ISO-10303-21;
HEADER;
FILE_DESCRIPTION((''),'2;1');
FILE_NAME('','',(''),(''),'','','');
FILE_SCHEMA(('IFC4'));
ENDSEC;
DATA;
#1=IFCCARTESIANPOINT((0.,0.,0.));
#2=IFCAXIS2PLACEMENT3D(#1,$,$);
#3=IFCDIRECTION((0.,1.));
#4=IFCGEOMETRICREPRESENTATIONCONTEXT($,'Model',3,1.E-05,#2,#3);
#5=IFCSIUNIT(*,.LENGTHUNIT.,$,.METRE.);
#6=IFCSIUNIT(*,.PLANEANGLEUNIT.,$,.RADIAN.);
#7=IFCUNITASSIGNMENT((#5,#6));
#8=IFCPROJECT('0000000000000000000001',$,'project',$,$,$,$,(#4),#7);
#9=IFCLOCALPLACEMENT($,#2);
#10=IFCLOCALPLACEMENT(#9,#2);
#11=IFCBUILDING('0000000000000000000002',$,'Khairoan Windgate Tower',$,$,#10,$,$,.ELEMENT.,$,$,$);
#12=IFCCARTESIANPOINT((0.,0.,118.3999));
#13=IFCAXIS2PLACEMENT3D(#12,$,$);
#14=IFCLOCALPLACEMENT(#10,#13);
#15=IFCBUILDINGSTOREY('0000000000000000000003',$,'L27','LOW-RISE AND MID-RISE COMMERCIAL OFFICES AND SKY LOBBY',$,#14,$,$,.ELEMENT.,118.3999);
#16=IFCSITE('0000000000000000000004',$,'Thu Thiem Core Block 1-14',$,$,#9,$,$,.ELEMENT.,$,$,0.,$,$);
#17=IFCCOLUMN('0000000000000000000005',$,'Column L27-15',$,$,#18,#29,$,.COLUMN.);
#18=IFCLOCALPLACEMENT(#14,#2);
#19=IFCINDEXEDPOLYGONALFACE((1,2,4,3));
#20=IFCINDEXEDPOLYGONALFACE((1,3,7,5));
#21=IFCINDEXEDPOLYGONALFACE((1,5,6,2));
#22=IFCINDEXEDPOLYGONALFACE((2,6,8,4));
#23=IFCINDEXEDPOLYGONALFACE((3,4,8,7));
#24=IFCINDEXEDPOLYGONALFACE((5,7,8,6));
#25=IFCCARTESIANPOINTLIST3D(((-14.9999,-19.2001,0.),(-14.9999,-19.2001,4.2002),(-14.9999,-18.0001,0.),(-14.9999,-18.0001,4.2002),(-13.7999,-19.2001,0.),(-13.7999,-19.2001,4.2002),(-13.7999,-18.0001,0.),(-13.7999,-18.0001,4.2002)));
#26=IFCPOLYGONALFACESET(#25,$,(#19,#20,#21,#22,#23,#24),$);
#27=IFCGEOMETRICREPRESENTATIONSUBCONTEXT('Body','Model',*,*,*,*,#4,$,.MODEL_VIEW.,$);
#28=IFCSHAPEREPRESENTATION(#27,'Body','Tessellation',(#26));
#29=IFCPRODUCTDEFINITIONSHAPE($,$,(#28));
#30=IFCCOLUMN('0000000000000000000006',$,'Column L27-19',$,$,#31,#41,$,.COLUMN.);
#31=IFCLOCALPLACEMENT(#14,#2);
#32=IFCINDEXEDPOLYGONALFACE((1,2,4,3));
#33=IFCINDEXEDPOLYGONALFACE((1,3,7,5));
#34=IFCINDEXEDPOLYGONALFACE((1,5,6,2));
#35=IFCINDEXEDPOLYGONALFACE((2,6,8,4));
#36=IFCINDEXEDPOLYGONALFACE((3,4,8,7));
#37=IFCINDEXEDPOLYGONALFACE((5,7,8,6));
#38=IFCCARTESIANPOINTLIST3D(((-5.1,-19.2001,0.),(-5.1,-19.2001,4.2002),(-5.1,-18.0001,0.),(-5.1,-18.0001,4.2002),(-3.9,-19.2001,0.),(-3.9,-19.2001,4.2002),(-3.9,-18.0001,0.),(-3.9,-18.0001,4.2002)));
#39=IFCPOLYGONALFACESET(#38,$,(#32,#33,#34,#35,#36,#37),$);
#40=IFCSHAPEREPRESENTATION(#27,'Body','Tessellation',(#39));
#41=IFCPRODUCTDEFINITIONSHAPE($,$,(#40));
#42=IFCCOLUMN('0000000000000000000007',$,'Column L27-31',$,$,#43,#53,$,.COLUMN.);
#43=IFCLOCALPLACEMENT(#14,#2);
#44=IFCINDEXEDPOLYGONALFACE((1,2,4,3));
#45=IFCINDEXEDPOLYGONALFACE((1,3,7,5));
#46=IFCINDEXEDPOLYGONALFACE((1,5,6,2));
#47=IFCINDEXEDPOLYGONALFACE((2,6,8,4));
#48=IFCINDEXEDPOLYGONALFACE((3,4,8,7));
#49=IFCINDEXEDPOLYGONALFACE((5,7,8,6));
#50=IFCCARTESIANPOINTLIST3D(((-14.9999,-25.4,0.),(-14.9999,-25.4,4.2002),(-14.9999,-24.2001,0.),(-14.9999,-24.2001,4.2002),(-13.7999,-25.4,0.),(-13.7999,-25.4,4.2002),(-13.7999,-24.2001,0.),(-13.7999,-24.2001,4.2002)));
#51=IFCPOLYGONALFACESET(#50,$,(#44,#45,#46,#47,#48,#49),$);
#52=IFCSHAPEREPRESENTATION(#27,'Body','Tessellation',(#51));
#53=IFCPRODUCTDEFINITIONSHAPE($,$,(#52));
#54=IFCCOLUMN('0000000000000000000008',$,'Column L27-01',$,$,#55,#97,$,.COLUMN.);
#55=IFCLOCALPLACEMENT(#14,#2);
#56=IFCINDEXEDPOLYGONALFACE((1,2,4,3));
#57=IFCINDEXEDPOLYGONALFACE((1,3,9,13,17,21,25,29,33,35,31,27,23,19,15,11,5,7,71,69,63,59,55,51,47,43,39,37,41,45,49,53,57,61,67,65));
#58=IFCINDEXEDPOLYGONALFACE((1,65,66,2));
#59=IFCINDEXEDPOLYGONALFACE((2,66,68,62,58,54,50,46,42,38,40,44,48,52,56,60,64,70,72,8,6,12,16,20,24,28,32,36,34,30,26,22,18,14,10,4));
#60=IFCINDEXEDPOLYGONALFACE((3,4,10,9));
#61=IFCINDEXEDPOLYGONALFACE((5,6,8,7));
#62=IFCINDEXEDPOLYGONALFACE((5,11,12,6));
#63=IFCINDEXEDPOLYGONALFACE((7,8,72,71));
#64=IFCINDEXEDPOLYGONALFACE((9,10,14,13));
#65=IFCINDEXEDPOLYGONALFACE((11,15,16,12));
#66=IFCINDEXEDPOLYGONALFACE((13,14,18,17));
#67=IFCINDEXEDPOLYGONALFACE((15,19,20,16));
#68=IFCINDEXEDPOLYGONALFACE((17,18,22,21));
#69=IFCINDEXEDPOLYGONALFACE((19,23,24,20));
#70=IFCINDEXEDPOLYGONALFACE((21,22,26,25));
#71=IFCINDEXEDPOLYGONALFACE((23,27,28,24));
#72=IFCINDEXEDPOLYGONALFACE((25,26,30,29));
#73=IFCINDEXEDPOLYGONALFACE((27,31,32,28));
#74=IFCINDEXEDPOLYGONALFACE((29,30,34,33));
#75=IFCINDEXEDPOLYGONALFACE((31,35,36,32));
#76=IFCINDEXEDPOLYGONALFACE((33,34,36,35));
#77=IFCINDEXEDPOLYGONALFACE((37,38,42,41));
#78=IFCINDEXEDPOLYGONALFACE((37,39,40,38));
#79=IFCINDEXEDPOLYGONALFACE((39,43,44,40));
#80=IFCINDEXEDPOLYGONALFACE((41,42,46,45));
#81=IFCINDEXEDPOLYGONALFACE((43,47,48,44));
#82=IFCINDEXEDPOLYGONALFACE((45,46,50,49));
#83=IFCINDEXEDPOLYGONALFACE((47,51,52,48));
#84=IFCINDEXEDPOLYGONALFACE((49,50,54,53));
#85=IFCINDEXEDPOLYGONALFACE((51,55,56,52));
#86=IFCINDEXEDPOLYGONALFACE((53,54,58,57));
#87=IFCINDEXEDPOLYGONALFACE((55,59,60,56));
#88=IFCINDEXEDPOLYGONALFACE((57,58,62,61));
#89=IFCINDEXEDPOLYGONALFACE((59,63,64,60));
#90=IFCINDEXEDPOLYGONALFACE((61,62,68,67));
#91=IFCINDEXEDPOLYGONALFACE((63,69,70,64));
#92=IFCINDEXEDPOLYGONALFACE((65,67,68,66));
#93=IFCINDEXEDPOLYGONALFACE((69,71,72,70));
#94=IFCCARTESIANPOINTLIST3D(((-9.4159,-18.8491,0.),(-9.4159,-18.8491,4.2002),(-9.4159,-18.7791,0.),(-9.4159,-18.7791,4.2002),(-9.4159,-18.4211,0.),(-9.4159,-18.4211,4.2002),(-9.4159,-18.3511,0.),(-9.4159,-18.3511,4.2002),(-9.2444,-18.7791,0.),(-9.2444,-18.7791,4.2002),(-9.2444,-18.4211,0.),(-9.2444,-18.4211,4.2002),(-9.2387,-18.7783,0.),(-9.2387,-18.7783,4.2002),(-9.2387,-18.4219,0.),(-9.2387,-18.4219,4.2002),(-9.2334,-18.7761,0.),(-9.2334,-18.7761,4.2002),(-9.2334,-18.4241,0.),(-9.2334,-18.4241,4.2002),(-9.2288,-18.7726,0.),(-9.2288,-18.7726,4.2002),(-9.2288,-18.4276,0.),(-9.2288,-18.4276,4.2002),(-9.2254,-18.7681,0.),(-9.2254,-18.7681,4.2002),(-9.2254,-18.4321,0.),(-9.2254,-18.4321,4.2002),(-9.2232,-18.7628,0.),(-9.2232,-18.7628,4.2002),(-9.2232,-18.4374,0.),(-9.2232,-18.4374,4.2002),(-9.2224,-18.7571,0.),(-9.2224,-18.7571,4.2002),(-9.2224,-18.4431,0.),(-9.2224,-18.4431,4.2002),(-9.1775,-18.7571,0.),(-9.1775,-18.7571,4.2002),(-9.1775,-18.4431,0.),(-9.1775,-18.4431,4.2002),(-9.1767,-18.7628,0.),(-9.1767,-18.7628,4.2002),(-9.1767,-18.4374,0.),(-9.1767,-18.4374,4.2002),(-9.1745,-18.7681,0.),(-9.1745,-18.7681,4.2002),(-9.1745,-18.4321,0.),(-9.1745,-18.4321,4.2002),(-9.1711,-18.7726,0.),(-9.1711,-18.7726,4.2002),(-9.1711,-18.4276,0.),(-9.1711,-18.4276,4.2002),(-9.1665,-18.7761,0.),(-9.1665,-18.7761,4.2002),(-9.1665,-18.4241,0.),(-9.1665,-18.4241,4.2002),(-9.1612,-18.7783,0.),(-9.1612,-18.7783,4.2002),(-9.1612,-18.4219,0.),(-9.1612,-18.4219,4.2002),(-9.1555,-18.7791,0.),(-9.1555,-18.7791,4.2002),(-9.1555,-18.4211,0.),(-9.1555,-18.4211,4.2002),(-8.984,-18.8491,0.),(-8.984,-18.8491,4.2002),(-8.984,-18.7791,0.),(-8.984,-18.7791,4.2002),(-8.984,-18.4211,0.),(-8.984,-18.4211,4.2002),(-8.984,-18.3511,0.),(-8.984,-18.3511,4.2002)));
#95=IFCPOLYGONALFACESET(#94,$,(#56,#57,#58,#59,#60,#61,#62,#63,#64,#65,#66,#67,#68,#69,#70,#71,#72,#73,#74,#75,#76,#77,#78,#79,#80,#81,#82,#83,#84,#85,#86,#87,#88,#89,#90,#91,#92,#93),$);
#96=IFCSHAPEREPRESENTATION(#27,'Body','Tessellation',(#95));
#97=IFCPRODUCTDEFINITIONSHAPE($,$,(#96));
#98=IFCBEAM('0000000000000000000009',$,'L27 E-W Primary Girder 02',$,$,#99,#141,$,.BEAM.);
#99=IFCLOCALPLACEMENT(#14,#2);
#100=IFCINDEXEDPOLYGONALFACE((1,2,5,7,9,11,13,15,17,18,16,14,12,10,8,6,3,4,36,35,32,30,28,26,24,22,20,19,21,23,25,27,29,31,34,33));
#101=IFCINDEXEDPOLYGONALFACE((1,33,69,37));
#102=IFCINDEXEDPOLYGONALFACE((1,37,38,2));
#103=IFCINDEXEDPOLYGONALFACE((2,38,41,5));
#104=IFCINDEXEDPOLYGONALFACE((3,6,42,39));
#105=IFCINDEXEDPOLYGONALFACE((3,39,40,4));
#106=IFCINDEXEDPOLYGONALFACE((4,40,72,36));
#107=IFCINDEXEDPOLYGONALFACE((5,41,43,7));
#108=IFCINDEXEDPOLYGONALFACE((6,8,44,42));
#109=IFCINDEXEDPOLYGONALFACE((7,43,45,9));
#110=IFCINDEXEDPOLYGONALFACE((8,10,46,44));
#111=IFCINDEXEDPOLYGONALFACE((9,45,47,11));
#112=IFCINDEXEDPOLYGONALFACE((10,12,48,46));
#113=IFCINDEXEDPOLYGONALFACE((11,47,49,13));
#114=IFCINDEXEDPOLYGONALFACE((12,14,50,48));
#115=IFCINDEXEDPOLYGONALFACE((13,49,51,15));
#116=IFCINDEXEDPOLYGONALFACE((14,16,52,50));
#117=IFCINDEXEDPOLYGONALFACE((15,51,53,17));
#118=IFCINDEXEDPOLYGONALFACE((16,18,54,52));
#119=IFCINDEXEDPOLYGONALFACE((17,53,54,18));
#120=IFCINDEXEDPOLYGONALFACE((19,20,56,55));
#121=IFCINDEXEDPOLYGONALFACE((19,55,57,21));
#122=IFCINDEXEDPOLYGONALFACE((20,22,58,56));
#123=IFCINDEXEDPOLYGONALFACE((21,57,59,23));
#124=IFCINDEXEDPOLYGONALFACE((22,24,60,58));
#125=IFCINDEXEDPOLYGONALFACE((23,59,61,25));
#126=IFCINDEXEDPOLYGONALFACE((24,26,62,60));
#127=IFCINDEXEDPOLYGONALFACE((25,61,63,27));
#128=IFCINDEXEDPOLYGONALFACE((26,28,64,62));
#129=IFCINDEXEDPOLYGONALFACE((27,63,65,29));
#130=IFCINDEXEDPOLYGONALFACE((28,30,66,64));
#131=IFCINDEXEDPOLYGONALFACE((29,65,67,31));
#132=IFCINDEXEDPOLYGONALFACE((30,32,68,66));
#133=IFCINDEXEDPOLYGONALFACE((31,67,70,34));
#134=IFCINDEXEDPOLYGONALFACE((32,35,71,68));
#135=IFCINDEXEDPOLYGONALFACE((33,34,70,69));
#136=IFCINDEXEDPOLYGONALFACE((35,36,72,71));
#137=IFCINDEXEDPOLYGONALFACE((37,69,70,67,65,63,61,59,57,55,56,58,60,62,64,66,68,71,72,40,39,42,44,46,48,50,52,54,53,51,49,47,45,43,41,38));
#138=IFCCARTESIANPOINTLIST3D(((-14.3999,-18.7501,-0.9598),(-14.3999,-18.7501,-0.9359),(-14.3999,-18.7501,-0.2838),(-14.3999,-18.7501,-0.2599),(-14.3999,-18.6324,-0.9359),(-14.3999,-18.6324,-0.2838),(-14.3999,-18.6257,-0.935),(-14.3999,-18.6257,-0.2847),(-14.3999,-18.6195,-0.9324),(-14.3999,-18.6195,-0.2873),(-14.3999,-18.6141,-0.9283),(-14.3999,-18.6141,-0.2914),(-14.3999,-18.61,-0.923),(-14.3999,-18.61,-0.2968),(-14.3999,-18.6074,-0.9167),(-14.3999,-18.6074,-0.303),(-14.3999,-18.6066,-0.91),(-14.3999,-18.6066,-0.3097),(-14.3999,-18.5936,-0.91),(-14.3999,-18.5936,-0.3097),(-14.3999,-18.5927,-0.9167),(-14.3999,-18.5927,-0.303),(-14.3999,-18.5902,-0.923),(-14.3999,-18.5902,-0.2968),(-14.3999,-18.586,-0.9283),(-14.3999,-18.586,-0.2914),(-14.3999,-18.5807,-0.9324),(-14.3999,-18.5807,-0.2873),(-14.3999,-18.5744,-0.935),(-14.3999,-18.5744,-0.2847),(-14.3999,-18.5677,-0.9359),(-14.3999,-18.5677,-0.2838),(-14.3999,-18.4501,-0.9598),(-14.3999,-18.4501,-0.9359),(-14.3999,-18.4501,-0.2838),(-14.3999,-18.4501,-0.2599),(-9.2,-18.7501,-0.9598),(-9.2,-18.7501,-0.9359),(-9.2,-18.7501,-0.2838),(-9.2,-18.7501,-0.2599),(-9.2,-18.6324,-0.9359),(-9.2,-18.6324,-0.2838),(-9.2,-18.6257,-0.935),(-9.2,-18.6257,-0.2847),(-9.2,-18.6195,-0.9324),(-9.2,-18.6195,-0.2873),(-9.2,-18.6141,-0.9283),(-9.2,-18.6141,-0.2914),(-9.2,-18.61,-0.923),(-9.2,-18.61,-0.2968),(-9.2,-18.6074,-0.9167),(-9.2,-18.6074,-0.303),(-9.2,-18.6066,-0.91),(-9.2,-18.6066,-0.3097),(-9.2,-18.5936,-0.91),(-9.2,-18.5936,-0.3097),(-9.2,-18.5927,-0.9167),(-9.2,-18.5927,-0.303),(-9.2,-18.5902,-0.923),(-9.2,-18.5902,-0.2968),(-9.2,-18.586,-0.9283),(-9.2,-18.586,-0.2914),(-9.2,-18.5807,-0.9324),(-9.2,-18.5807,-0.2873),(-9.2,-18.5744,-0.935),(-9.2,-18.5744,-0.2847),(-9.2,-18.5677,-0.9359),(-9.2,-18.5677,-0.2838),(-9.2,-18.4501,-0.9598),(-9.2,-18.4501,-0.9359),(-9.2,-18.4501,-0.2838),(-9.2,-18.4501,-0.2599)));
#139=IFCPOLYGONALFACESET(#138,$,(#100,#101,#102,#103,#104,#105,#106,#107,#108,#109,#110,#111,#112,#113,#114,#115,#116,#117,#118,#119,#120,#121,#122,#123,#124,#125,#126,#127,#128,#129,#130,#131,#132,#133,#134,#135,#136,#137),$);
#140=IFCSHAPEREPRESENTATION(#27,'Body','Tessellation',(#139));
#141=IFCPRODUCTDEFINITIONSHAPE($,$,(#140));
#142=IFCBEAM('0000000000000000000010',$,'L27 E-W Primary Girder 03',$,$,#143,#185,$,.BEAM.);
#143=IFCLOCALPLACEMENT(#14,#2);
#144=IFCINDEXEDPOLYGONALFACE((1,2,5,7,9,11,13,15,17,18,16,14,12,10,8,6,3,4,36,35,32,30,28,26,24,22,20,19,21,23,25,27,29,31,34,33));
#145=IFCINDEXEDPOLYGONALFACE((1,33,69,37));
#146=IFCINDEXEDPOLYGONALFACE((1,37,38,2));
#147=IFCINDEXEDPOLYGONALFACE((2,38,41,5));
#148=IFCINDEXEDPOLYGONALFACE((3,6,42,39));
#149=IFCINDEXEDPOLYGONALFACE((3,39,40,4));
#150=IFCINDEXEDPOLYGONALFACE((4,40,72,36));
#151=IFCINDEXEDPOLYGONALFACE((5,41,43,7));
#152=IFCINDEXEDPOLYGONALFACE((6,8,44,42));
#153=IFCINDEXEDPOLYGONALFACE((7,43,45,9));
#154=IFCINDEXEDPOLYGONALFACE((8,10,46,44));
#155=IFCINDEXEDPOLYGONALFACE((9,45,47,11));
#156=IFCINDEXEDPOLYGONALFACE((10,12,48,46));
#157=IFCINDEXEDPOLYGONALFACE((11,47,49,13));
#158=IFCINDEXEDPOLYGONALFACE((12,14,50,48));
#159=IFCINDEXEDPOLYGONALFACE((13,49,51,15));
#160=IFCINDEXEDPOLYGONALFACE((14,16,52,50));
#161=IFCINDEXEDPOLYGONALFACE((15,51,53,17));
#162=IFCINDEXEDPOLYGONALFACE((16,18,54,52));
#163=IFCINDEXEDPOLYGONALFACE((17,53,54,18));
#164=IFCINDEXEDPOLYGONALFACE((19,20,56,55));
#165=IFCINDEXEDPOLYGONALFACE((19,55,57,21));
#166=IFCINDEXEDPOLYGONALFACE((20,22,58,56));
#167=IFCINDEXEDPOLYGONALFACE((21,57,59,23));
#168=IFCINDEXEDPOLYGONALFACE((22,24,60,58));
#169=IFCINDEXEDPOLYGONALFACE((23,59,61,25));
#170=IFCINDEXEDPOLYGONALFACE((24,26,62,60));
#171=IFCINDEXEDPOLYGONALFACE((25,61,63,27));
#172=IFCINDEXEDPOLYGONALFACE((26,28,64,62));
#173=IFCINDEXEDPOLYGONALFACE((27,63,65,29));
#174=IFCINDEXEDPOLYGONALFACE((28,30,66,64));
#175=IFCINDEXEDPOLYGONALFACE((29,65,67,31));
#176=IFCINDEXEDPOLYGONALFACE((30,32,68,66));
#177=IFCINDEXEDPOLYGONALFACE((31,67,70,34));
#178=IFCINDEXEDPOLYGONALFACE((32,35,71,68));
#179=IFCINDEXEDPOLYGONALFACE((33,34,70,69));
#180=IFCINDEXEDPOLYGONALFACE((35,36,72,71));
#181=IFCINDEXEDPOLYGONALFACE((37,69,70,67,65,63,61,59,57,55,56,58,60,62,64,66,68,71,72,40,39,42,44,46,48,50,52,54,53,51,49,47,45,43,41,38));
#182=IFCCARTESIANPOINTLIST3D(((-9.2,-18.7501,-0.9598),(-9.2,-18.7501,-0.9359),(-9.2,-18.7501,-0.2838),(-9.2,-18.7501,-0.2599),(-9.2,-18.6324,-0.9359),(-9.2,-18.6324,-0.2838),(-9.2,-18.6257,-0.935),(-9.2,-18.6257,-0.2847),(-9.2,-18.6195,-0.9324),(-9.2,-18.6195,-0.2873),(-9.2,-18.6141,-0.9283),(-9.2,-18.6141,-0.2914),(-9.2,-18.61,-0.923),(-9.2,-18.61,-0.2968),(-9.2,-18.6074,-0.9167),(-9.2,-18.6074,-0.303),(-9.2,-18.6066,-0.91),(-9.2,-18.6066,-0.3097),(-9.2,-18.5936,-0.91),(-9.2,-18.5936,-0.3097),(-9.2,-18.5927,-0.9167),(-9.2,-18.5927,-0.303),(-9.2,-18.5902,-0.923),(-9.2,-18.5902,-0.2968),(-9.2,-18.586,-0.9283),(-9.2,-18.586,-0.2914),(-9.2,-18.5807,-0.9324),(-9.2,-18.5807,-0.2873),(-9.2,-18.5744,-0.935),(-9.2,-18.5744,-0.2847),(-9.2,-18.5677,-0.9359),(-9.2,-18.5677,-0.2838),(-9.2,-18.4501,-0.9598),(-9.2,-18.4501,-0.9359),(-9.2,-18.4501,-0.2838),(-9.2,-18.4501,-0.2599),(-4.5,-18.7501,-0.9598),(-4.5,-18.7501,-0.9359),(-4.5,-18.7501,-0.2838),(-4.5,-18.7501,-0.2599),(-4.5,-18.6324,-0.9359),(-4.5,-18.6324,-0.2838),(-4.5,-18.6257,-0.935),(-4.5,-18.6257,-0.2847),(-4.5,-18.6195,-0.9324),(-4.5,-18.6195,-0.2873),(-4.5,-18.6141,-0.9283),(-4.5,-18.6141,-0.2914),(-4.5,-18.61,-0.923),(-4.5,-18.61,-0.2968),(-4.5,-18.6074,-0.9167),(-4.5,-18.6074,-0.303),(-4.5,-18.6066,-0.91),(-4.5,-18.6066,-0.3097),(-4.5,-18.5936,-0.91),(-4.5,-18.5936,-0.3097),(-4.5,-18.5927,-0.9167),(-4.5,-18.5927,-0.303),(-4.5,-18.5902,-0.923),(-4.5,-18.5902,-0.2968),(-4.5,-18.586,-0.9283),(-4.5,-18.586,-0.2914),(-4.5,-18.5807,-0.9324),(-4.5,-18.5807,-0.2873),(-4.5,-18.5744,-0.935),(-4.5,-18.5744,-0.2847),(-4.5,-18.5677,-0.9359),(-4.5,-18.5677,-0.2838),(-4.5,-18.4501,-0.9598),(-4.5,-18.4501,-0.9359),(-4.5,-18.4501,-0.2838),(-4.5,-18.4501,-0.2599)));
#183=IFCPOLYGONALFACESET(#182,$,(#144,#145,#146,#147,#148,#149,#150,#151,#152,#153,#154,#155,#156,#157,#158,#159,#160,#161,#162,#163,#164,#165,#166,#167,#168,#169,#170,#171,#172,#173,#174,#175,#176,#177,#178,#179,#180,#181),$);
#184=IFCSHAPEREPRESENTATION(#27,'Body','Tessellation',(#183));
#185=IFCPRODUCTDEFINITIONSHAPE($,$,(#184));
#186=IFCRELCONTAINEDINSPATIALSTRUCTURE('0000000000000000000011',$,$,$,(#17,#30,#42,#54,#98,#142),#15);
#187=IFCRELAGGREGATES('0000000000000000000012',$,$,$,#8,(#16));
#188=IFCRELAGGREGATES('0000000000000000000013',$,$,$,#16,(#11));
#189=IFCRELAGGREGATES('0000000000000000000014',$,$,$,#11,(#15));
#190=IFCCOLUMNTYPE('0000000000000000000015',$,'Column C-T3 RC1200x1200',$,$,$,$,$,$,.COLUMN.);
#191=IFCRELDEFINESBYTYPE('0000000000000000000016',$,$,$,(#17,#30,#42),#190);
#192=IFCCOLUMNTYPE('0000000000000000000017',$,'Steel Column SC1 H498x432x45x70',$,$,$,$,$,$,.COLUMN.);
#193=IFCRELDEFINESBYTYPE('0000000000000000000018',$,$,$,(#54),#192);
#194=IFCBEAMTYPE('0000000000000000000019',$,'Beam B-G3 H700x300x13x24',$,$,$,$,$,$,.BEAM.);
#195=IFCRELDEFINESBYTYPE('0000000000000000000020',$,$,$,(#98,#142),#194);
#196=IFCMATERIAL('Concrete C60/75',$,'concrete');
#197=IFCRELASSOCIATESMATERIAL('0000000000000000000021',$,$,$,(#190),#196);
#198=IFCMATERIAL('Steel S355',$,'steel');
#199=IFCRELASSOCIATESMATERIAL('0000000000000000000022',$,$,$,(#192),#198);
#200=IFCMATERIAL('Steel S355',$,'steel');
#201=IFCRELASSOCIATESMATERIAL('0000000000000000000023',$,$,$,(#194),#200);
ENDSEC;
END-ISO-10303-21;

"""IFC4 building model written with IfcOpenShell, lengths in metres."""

from ifc_helpers import new_model, si_unit, direction, frame, origin, origin_2d, place, context, subcontext, project, spatial, rectangle, i_section, extrude, material, material_profile, profile_set, type_object, element, save


model = new_model("IFC4")

# Units and contexts
model_context = context("Model", 3, precision=1e-05, world=origin(), true_north=direction((0.0, 1.0)))
body_context = subcontext(model_context, "Body", "Model", "MODEL_VIEW")
ifc_project = project(units=[si_unit("LENGTHUNIT", "METRE"), si_unit("PLANEANGLEUNIT", "RADIAN")], contexts=[model_context])

# Site, building, storey
site_placement = place(None, origin())
site = spatial("IfcSite", under=ifc_project, at=site_placement, Name="Thu Thiem Core Block 1-14", CompositionType="ELEMENT", RefElevation=0.0)
building_placement = place(site_placement, origin())
building = spatial("IfcBuilding", under=site, at=building_placement, Name="Khairoan Windgate Tower", CompositionType="ELEMENT")
storey_placement = place(building_placement, frame((0.0, 0.0, 118.3999)))
storey = spatial("IfcBuildingStorey", under=building, at=storey_placement, Name="L27", Description="LOW-RISE AND MID-RISE COMMERCIAL OFFICES AND SKY LOBBY", CompositionType="ELEMENT", Elevation=118.3999)

# Columns
ifc_material_1 = material(Name="Concrete C60/75", Category="concrete")
ifc_material_profile_1 = material_profile(ifc_material_1, rectangle(XDim=1.2, YDim=1.2, at=origin_2d()))
ifc_profile_set_1 = profile_set([ifc_material_profile_1], Name="Concrete C60/75")
column_type_1 = type_object("IfcColumnType", Name="Column C-T3 RC1200x1200", PredefinedType="COLUMN", material=ifc_profile_set_1)
for number, where, z_axis, x_axis, name in (
    (1, (-14.3999, -18.6001, 0.0), (0.0, 0.0, 1.0), (1.0, 0.0, 0.0), "Column L27-15"),
    (2, (-4.5, -18.6001, 0.0), (0.0, 0.0, 1.0), (1.0, 0.0, 0.0), "Column L27-19"),
    (3, (-14.3999, -24.8, 0.0), (0.0, 0.0, 1.0), (1.0, 0.0, 0.0), "Column L27-31"),
):
    element("IfcColumn", number, at=place(storey_placement, frame(where, z_axis=z_axis, x_axis=x_axis)), inside=storey, type_object=column_type_1, Name=name, PredefinedType="COLUMN", context=body_context, shape_type="SweptSolid", body=[
        extrude(rectangle(XDim=1.2, YDim=1.2, at=origin_2d()), origin(), (0.0, 0.0, 1.0), 4.2002),
    ])
ifc_material_2 = material(Name="Steel S355", Category="steel")
ifc_material_profile_2 = material_profile(ifc_material_2, i_section(OverallWidth=0.4319, OverallDepth=0.498, WebThickness=0.0449, FlangeThickness=0.0701, FilletRadius=0.022, at=origin_2d()))
ifc_profile_set_2 = profile_set([ifc_material_profile_2], Name="Steel S355")
column_type_2 = type_object("IfcColumnType", Name="Steel Column SC1 H498x432x45x70", PredefinedType="COLUMN", material=ifc_profile_set_2)
column_placement = place(storey_placement, frame((-9.2, -18.6001, 0.0), z_axis=(0.0, 0.0, 1.0), x_axis=(1.0, 0.0, 0.0)))
element("IfcColumn", 4, at=column_placement, inside=storey, type_object=column_type_2, Name="Column L27-01", PredefinedType="COLUMN", context=body_context, shape_type="SweptSolid", body=[
    extrude(i_section(OverallWidth=0.4319, OverallDepth=0.498, WebThickness=0.0449, FlangeThickness=0.0701, FilletRadius=0.022, at=origin_2d()), origin(), (0.0, 0.0, 1.0), 4.2002),
])

# Beams
ifc_material_3 = material(Name="Steel S355", Category="steel")
ifc_material_profile_3 = material_profile(ifc_material_3, i_section(OverallWidth=0.3, OverallDepth=0.7, WebThickness=0.0129, FlangeThickness=0.0239, FilletRadius=0.0259, at=origin_2d()))
ifc_profile_set_3 = profile_set([ifc_material_profile_3], Name="Steel S355")
beam_type_1 = type_object("IfcBeamType", Name="Beam B-G3 H700x300x13x24", PredefinedType="BEAM", material=ifc_profile_set_3)
beam_1_placement = place(storey_placement, frame((-14.3999, -18.6001, -0.6099), z_axis=(1.0, 0.0, 0.0), x_axis=(0.0, 1.0, 0.0)))
element("IfcBeam", 5, at=beam_1_placement, inside=storey, type_object=beam_type_1, Name="L27 E-W Primary Girder 02", PredefinedType="BEAM", context=body_context, shape_type="SweptSolid", body=[
    extrude(i_section(OverallWidth=0.3, OverallDepth=0.7, WebThickness=0.0129, FlangeThickness=0.0239, FilletRadius=0.0259, at=origin_2d()), origin(), (0.0, 0.0, 1.0), 5.2),
])
beam_2_placement = place(storey_placement, frame((-9.2, -18.6001, -0.6099), z_axis=(1.0, 0.0, 0.0), x_axis=(0.0, 1.0, 0.0)))
element("IfcBeam", 6, at=beam_2_placement, inside=storey, type_object=beam_type_1, Name="L27 E-W Primary Girder 03", PredefinedType="BEAM", context=body_context, shape_type="SweptSolid", body=[
    extrude(i_section(OverallWidth=0.3, OverallDepth=0.7, WebThickness=0.0129, FlangeThickness=0.0239, FilletRadius=0.0259, at=origin_2d()), origin(), (0.0, 0.0, 1.0), 4.7),
])

save(model, "model.ifc")
